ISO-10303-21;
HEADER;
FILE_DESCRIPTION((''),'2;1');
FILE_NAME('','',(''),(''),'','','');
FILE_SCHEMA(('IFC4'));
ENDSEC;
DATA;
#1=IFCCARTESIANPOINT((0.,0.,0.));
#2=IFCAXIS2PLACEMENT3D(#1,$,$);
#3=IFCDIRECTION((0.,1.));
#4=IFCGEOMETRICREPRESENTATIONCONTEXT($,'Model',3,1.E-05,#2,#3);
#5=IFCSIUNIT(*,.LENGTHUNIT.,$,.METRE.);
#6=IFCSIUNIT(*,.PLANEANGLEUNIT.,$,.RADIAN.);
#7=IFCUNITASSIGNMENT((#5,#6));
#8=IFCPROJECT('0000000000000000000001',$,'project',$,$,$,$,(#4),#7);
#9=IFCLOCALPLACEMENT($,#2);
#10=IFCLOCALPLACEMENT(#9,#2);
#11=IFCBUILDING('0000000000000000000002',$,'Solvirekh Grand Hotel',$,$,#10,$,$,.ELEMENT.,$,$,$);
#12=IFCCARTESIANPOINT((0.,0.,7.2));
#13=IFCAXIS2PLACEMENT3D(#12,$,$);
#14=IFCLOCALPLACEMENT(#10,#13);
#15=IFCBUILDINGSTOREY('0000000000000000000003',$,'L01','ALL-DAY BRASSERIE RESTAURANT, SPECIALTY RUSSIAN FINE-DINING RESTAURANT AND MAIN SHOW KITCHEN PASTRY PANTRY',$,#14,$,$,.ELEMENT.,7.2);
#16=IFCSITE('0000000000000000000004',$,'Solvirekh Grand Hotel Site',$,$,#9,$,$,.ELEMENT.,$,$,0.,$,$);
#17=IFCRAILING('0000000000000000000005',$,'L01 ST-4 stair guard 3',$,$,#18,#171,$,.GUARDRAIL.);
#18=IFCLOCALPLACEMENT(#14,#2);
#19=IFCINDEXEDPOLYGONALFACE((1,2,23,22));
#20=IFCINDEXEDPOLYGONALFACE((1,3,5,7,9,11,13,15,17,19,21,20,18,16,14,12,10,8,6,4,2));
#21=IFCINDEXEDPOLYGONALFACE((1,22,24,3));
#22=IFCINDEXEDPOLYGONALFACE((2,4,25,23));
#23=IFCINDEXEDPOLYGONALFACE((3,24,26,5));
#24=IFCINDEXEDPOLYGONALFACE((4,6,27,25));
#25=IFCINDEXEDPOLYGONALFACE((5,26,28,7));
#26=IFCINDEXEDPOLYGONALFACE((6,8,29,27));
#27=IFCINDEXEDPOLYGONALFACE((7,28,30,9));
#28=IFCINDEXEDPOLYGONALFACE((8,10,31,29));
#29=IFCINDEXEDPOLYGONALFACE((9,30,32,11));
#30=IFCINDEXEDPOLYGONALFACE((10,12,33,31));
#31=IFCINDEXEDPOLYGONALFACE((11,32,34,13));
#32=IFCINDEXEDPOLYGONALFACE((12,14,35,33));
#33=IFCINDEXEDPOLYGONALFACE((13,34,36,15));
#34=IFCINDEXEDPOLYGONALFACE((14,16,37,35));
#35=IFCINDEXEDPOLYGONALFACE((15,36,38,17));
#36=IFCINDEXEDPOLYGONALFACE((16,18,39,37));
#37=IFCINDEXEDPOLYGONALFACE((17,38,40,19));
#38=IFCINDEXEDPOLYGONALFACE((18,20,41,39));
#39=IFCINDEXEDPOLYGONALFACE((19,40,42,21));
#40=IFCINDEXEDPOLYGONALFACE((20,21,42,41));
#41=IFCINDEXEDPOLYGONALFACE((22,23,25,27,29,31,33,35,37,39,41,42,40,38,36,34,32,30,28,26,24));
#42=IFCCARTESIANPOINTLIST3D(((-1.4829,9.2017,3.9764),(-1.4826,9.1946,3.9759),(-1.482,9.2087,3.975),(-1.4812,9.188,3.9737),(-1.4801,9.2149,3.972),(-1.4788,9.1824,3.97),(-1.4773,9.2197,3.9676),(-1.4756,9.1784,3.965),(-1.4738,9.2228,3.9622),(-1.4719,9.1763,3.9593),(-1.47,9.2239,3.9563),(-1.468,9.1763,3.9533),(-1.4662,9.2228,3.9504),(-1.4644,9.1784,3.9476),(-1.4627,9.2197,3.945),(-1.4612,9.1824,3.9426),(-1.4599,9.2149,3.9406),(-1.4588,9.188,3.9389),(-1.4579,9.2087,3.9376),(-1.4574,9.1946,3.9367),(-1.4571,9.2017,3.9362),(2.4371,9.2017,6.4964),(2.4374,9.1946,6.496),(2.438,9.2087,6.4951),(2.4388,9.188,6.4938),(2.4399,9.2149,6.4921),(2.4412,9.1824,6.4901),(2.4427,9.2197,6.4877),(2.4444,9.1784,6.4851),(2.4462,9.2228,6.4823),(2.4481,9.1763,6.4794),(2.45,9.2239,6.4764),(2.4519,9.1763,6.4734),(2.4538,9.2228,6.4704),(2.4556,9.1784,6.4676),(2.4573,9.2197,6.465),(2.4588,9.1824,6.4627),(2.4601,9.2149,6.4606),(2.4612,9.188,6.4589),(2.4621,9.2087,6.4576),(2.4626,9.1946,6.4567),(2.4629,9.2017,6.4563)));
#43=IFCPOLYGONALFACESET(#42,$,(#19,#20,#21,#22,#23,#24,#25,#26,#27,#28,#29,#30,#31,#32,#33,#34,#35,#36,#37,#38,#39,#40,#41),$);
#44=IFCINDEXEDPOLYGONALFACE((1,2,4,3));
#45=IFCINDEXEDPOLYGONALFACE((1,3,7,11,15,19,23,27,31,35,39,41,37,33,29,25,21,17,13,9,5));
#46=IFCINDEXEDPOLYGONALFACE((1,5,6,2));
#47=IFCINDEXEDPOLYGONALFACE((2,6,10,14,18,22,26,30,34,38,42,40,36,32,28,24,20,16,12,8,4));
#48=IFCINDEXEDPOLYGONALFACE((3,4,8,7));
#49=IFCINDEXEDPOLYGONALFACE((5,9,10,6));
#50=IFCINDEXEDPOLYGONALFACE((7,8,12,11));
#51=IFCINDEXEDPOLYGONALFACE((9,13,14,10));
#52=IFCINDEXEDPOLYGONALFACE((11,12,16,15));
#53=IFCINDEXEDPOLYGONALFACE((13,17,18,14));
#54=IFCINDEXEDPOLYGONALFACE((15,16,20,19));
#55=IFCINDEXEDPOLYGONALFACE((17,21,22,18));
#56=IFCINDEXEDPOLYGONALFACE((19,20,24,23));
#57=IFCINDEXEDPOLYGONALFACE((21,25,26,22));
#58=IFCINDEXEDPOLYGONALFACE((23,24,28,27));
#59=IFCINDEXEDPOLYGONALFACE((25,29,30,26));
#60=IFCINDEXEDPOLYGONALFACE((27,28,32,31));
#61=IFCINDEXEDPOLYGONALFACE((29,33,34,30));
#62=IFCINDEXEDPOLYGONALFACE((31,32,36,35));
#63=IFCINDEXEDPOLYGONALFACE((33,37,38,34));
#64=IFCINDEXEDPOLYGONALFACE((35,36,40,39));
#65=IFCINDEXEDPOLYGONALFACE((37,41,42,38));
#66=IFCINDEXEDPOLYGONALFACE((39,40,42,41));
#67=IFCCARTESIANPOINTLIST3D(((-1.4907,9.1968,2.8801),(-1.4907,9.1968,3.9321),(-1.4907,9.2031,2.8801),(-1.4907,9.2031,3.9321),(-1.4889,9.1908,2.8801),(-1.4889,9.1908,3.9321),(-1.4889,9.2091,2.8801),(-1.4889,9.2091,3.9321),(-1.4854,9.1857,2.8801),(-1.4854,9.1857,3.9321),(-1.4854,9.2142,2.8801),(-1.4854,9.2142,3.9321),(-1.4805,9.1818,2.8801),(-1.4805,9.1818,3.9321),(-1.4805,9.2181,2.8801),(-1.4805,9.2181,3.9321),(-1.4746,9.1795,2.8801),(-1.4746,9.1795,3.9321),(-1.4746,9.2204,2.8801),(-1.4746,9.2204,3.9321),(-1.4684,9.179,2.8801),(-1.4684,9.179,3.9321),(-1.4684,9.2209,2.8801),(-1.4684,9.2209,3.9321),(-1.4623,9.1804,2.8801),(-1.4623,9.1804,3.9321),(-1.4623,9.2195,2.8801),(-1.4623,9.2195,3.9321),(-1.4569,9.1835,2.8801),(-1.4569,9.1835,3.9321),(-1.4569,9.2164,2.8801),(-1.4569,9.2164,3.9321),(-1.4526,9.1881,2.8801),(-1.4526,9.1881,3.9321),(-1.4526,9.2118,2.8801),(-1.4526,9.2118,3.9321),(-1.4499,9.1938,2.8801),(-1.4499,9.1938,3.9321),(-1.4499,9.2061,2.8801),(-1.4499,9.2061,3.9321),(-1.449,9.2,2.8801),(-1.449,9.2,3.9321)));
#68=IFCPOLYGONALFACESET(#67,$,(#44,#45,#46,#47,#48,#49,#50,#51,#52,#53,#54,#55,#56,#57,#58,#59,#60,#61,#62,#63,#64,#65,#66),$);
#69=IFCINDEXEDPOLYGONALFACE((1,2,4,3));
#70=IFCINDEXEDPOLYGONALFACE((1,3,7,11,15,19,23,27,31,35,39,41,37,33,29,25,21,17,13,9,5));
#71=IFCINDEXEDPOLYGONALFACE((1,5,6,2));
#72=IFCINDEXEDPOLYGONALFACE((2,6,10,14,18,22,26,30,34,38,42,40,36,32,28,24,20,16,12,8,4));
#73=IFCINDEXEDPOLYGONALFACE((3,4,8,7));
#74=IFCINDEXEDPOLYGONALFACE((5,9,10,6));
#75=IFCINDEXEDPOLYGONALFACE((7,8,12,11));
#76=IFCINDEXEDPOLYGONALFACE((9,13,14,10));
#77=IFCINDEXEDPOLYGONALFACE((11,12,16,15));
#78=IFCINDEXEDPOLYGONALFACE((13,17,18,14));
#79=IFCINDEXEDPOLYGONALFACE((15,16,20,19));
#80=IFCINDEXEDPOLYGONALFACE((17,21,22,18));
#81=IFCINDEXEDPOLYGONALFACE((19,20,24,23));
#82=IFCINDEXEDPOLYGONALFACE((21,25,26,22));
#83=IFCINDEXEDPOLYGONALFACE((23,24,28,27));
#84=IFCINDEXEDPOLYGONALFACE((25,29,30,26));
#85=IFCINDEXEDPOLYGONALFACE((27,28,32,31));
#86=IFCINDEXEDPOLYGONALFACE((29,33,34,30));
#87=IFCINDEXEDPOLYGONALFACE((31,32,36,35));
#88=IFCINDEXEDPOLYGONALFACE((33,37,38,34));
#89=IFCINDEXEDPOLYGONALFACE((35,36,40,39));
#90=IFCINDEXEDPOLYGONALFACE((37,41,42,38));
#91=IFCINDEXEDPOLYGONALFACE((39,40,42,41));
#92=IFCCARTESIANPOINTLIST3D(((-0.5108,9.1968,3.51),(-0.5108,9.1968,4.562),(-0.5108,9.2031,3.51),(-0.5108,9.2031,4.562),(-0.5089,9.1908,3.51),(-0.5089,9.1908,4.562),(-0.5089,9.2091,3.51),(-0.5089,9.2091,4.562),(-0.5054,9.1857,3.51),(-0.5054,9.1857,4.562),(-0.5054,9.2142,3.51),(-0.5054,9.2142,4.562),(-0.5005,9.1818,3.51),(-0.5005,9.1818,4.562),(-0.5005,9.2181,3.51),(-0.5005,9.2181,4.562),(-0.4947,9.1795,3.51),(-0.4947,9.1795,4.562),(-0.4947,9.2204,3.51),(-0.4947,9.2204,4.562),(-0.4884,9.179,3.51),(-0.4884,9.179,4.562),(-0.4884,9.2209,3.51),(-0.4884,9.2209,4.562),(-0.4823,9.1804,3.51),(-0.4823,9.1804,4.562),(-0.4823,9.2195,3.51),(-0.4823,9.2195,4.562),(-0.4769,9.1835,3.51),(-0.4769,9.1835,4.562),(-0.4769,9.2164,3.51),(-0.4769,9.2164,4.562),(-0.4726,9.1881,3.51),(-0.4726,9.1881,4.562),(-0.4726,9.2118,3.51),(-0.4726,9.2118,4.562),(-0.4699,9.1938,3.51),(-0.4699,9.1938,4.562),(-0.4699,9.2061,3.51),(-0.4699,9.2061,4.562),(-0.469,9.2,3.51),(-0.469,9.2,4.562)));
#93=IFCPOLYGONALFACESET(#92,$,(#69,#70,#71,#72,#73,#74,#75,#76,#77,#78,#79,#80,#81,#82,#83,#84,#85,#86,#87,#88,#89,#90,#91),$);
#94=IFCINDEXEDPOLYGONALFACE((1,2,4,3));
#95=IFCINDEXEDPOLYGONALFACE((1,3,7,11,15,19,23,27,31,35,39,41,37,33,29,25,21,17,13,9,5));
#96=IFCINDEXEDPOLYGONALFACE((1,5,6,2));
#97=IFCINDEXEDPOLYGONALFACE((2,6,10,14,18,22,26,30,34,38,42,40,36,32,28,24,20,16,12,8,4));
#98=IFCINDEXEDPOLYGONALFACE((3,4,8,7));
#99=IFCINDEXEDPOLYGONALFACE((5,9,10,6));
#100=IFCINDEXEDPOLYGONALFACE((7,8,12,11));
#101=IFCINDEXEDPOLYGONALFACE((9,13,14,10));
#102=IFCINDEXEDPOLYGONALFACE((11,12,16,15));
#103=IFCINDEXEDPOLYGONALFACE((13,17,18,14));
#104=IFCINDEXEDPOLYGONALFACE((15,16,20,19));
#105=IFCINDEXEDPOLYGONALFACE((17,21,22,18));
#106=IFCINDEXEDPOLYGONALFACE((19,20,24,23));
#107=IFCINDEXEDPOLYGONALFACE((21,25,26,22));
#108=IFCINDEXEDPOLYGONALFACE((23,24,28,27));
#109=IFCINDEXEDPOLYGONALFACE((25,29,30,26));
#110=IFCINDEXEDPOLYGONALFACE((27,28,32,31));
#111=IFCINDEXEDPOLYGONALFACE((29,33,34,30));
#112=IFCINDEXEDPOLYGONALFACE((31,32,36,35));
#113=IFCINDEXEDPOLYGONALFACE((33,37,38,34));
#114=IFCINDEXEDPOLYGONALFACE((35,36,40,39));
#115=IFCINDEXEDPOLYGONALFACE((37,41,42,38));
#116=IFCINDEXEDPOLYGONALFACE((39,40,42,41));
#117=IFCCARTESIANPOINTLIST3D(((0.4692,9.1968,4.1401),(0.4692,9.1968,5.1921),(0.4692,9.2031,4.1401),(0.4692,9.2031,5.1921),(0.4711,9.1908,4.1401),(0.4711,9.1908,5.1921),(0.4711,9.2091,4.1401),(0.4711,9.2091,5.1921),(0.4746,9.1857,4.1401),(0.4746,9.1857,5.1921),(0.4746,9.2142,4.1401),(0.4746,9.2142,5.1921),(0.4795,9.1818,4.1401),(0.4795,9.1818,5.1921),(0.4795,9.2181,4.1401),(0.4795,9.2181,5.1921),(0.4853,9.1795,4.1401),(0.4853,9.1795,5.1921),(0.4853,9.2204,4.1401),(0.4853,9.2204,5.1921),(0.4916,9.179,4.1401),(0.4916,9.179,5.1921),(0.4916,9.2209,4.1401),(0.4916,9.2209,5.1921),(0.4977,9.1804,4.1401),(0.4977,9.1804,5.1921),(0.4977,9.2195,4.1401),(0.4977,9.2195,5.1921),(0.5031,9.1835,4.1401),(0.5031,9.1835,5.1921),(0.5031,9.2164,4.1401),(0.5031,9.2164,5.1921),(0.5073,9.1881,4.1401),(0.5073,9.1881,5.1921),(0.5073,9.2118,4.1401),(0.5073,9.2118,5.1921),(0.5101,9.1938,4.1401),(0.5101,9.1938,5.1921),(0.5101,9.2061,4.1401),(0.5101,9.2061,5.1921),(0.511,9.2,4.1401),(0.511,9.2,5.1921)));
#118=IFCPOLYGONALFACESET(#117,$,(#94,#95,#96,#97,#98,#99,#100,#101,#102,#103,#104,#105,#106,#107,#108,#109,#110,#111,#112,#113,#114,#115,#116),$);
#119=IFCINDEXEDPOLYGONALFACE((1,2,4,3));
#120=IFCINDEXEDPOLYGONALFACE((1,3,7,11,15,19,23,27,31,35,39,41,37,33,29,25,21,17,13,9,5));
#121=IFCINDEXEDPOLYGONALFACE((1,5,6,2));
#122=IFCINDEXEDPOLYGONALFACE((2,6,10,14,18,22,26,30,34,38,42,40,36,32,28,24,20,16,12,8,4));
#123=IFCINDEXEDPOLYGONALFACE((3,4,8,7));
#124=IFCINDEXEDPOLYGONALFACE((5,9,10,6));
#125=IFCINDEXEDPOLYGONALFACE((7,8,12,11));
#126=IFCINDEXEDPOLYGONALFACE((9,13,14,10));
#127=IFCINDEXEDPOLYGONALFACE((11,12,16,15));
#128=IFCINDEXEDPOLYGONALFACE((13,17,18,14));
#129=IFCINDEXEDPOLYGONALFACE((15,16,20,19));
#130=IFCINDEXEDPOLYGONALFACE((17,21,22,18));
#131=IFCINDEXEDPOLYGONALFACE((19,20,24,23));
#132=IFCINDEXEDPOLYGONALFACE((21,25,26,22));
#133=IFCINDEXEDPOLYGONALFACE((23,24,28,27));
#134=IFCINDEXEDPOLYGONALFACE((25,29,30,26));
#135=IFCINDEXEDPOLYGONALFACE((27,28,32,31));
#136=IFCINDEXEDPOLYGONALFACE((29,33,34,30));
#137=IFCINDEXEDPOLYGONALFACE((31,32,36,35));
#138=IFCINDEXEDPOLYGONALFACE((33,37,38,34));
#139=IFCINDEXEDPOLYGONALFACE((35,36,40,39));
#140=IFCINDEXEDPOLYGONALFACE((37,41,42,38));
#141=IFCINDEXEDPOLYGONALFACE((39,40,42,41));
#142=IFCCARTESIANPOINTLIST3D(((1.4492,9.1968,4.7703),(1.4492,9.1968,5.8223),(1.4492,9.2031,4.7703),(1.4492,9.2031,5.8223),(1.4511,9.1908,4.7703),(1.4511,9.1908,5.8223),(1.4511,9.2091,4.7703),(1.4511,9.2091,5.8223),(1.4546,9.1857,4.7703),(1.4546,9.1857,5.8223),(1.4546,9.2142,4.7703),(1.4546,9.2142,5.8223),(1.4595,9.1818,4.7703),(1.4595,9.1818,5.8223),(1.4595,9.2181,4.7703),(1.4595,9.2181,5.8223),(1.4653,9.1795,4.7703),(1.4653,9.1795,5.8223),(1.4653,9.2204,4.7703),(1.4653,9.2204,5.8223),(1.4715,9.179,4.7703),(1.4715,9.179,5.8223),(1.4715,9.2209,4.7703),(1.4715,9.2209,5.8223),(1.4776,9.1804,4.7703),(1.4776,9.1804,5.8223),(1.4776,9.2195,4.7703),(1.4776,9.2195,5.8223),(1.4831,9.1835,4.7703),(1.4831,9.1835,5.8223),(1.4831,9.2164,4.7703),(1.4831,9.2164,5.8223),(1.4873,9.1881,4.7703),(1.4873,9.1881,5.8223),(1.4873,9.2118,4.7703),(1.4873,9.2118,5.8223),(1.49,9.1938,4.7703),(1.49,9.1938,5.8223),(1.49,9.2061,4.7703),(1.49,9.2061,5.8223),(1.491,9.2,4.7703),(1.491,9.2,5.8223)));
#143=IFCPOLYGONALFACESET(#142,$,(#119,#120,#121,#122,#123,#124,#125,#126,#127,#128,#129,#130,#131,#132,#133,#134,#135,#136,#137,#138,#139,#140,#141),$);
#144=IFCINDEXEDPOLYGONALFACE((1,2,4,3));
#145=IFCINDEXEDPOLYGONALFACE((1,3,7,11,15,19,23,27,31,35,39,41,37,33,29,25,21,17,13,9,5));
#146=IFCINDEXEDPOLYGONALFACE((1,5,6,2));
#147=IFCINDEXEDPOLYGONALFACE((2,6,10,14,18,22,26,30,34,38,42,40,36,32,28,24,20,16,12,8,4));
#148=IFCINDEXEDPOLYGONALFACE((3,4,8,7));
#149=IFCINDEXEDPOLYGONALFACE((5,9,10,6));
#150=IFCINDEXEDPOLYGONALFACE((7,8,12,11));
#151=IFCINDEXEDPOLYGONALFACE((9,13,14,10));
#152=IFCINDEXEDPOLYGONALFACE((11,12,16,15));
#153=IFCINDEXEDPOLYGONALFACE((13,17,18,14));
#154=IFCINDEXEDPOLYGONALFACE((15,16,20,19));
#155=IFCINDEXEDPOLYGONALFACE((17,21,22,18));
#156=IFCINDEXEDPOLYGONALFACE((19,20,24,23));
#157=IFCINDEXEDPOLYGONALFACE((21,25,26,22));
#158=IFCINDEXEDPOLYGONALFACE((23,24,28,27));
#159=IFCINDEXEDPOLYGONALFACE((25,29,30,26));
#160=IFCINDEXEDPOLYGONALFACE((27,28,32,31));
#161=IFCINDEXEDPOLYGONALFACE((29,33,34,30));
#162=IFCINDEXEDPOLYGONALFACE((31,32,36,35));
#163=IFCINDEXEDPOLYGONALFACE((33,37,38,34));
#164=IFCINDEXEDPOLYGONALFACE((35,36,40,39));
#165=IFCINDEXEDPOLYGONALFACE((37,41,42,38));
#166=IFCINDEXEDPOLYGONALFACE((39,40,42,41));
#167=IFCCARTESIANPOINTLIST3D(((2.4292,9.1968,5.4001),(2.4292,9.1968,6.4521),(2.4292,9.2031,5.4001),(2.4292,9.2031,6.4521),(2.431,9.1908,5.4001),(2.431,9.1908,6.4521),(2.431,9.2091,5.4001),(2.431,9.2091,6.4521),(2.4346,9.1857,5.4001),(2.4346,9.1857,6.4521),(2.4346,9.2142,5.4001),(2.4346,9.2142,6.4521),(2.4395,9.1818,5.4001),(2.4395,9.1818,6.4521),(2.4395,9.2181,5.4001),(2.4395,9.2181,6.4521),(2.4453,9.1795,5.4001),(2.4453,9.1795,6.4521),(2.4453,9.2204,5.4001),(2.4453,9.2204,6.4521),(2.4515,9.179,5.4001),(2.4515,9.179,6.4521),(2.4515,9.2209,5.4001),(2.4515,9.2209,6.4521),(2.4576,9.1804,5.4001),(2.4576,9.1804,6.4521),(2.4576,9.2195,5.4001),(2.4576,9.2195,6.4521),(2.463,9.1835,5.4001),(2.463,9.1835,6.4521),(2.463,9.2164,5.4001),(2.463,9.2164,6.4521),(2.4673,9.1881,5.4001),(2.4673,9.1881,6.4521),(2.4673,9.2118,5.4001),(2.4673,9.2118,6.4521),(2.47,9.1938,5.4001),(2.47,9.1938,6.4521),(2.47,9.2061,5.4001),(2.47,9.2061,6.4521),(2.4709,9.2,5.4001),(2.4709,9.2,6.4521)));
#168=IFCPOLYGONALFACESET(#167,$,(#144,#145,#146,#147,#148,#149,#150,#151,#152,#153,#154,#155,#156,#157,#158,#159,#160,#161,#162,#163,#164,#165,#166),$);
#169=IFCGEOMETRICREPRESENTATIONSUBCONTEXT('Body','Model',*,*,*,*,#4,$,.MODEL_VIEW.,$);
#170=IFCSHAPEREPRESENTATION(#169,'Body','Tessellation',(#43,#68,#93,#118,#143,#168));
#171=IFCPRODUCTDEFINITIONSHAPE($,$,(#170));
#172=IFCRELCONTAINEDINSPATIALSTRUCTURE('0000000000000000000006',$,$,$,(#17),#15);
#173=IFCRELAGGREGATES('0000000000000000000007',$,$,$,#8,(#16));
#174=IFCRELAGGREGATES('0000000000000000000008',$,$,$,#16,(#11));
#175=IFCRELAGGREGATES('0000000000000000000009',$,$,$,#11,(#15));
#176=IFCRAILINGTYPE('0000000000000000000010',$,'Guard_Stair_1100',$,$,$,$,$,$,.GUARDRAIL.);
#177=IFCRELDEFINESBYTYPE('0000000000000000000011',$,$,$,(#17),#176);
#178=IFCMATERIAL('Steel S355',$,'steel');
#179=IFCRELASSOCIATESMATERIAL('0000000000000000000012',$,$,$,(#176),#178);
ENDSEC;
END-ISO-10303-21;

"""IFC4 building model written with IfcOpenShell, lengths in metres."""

from ifc_helpers import new_model, si_unit, direction, frame, origin, origin_2d, place, context, subcontext, project, spatial, circle, extrude, material, type_object, element, save


model = new_model("IFC4")

# Units and contexts
model_context = context("Model", 3, precision=1e-05, world=origin(), true_north=direction((0.0, 1.0)))
body_context = subcontext(model_context, "Body", "Model", "MODEL_VIEW")
ifc_project = project(units=[si_unit("LENGTHUNIT", "METRE"), si_unit("PLANEANGLEUNIT", "RADIAN")], contexts=[model_context])

# Site, building, storey
site_placement = place(None, origin())
site = spatial("IfcSite", under=ifc_project, at=site_placement, Name="Solvirekh Grand Hotel Site", CompositionType="ELEMENT", RefElevation=0.0)
building_placement = place(site_placement, origin())
building = spatial("IfcBuilding", under=site, at=building_placement, Name="Solvirekh Grand Hotel", CompositionType="ELEMENT")
storey_placement = place(building_placement, frame((0.0, 0.0, 7.2)))
storey = spatial("IfcBuildingStorey", under=building, at=storey_placement, Name="L01", Description="ALL-DAY BRASSERIE RESTAURANT, SPECIALTY RUSSIAN FINE-DINING RESTAURANT AND MAIN SHOW KITCHEN PASTRY PANTRY", CompositionType="ELEMENT", Elevation=7.2)

# Shared definitions
ifc_material_1 = material(Name="Steel S355", Category="steel")

# Railing
railing_type_1 = type_object("IfcRailingType", Name="Guard_Stair_1100", PredefinedType="GUARDRAIL", material=ifc_material_1)
railing_1_placement = place(storey_placement, frame((-1.47, 9.2, 2.8801)))
element("IfcRailing", 1, at=railing_1_placement, inside=storey, type_object=railing_type_1, Name="L01 ST-4 stair guard 3", PredefinedType="GUARDRAIL", context=body_context, shape_type="SweptSolid", body=[
    extrude(circle(Radius=0.0239, at=origin_2d()), frame((0.0, 0.0, 1.0762), z_axis=(0.841172, 0.0, 0.540768), x_axis=(0.0, 1.0, 0.0)), (0.0, 0.0, 1.0), 4.6602),
    extrude(circle(Radius=0.021, at=origin_2d()), origin(), (0.0, 0.0, 1.0), 1.052),
    extrude(circle(Radius=0.021, at=origin_2d()), frame((0.98, 0.0, 0.6299)), (0.0, 0.0, 1.0), 1.052),
    extrude(circle(Radius=0.021, at=origin_2d()), frame((1.96, 0.0, 1.26)), (0.0, 0.0, 1.0), 1.052),
    extrude(circle(Radius=0.021, at=origin_2d()), frame((2.9399, 0.0, 1.8901)), (0.0, 0.0, 1.0), 1.052),
    extrude(circle(Radius=0.021, at=origin_2d()), frame((3.9199, 0.0, 2.52)), (0.0, 0.0, 1.0), 1.052),
])

save(model, "model.ifc")
